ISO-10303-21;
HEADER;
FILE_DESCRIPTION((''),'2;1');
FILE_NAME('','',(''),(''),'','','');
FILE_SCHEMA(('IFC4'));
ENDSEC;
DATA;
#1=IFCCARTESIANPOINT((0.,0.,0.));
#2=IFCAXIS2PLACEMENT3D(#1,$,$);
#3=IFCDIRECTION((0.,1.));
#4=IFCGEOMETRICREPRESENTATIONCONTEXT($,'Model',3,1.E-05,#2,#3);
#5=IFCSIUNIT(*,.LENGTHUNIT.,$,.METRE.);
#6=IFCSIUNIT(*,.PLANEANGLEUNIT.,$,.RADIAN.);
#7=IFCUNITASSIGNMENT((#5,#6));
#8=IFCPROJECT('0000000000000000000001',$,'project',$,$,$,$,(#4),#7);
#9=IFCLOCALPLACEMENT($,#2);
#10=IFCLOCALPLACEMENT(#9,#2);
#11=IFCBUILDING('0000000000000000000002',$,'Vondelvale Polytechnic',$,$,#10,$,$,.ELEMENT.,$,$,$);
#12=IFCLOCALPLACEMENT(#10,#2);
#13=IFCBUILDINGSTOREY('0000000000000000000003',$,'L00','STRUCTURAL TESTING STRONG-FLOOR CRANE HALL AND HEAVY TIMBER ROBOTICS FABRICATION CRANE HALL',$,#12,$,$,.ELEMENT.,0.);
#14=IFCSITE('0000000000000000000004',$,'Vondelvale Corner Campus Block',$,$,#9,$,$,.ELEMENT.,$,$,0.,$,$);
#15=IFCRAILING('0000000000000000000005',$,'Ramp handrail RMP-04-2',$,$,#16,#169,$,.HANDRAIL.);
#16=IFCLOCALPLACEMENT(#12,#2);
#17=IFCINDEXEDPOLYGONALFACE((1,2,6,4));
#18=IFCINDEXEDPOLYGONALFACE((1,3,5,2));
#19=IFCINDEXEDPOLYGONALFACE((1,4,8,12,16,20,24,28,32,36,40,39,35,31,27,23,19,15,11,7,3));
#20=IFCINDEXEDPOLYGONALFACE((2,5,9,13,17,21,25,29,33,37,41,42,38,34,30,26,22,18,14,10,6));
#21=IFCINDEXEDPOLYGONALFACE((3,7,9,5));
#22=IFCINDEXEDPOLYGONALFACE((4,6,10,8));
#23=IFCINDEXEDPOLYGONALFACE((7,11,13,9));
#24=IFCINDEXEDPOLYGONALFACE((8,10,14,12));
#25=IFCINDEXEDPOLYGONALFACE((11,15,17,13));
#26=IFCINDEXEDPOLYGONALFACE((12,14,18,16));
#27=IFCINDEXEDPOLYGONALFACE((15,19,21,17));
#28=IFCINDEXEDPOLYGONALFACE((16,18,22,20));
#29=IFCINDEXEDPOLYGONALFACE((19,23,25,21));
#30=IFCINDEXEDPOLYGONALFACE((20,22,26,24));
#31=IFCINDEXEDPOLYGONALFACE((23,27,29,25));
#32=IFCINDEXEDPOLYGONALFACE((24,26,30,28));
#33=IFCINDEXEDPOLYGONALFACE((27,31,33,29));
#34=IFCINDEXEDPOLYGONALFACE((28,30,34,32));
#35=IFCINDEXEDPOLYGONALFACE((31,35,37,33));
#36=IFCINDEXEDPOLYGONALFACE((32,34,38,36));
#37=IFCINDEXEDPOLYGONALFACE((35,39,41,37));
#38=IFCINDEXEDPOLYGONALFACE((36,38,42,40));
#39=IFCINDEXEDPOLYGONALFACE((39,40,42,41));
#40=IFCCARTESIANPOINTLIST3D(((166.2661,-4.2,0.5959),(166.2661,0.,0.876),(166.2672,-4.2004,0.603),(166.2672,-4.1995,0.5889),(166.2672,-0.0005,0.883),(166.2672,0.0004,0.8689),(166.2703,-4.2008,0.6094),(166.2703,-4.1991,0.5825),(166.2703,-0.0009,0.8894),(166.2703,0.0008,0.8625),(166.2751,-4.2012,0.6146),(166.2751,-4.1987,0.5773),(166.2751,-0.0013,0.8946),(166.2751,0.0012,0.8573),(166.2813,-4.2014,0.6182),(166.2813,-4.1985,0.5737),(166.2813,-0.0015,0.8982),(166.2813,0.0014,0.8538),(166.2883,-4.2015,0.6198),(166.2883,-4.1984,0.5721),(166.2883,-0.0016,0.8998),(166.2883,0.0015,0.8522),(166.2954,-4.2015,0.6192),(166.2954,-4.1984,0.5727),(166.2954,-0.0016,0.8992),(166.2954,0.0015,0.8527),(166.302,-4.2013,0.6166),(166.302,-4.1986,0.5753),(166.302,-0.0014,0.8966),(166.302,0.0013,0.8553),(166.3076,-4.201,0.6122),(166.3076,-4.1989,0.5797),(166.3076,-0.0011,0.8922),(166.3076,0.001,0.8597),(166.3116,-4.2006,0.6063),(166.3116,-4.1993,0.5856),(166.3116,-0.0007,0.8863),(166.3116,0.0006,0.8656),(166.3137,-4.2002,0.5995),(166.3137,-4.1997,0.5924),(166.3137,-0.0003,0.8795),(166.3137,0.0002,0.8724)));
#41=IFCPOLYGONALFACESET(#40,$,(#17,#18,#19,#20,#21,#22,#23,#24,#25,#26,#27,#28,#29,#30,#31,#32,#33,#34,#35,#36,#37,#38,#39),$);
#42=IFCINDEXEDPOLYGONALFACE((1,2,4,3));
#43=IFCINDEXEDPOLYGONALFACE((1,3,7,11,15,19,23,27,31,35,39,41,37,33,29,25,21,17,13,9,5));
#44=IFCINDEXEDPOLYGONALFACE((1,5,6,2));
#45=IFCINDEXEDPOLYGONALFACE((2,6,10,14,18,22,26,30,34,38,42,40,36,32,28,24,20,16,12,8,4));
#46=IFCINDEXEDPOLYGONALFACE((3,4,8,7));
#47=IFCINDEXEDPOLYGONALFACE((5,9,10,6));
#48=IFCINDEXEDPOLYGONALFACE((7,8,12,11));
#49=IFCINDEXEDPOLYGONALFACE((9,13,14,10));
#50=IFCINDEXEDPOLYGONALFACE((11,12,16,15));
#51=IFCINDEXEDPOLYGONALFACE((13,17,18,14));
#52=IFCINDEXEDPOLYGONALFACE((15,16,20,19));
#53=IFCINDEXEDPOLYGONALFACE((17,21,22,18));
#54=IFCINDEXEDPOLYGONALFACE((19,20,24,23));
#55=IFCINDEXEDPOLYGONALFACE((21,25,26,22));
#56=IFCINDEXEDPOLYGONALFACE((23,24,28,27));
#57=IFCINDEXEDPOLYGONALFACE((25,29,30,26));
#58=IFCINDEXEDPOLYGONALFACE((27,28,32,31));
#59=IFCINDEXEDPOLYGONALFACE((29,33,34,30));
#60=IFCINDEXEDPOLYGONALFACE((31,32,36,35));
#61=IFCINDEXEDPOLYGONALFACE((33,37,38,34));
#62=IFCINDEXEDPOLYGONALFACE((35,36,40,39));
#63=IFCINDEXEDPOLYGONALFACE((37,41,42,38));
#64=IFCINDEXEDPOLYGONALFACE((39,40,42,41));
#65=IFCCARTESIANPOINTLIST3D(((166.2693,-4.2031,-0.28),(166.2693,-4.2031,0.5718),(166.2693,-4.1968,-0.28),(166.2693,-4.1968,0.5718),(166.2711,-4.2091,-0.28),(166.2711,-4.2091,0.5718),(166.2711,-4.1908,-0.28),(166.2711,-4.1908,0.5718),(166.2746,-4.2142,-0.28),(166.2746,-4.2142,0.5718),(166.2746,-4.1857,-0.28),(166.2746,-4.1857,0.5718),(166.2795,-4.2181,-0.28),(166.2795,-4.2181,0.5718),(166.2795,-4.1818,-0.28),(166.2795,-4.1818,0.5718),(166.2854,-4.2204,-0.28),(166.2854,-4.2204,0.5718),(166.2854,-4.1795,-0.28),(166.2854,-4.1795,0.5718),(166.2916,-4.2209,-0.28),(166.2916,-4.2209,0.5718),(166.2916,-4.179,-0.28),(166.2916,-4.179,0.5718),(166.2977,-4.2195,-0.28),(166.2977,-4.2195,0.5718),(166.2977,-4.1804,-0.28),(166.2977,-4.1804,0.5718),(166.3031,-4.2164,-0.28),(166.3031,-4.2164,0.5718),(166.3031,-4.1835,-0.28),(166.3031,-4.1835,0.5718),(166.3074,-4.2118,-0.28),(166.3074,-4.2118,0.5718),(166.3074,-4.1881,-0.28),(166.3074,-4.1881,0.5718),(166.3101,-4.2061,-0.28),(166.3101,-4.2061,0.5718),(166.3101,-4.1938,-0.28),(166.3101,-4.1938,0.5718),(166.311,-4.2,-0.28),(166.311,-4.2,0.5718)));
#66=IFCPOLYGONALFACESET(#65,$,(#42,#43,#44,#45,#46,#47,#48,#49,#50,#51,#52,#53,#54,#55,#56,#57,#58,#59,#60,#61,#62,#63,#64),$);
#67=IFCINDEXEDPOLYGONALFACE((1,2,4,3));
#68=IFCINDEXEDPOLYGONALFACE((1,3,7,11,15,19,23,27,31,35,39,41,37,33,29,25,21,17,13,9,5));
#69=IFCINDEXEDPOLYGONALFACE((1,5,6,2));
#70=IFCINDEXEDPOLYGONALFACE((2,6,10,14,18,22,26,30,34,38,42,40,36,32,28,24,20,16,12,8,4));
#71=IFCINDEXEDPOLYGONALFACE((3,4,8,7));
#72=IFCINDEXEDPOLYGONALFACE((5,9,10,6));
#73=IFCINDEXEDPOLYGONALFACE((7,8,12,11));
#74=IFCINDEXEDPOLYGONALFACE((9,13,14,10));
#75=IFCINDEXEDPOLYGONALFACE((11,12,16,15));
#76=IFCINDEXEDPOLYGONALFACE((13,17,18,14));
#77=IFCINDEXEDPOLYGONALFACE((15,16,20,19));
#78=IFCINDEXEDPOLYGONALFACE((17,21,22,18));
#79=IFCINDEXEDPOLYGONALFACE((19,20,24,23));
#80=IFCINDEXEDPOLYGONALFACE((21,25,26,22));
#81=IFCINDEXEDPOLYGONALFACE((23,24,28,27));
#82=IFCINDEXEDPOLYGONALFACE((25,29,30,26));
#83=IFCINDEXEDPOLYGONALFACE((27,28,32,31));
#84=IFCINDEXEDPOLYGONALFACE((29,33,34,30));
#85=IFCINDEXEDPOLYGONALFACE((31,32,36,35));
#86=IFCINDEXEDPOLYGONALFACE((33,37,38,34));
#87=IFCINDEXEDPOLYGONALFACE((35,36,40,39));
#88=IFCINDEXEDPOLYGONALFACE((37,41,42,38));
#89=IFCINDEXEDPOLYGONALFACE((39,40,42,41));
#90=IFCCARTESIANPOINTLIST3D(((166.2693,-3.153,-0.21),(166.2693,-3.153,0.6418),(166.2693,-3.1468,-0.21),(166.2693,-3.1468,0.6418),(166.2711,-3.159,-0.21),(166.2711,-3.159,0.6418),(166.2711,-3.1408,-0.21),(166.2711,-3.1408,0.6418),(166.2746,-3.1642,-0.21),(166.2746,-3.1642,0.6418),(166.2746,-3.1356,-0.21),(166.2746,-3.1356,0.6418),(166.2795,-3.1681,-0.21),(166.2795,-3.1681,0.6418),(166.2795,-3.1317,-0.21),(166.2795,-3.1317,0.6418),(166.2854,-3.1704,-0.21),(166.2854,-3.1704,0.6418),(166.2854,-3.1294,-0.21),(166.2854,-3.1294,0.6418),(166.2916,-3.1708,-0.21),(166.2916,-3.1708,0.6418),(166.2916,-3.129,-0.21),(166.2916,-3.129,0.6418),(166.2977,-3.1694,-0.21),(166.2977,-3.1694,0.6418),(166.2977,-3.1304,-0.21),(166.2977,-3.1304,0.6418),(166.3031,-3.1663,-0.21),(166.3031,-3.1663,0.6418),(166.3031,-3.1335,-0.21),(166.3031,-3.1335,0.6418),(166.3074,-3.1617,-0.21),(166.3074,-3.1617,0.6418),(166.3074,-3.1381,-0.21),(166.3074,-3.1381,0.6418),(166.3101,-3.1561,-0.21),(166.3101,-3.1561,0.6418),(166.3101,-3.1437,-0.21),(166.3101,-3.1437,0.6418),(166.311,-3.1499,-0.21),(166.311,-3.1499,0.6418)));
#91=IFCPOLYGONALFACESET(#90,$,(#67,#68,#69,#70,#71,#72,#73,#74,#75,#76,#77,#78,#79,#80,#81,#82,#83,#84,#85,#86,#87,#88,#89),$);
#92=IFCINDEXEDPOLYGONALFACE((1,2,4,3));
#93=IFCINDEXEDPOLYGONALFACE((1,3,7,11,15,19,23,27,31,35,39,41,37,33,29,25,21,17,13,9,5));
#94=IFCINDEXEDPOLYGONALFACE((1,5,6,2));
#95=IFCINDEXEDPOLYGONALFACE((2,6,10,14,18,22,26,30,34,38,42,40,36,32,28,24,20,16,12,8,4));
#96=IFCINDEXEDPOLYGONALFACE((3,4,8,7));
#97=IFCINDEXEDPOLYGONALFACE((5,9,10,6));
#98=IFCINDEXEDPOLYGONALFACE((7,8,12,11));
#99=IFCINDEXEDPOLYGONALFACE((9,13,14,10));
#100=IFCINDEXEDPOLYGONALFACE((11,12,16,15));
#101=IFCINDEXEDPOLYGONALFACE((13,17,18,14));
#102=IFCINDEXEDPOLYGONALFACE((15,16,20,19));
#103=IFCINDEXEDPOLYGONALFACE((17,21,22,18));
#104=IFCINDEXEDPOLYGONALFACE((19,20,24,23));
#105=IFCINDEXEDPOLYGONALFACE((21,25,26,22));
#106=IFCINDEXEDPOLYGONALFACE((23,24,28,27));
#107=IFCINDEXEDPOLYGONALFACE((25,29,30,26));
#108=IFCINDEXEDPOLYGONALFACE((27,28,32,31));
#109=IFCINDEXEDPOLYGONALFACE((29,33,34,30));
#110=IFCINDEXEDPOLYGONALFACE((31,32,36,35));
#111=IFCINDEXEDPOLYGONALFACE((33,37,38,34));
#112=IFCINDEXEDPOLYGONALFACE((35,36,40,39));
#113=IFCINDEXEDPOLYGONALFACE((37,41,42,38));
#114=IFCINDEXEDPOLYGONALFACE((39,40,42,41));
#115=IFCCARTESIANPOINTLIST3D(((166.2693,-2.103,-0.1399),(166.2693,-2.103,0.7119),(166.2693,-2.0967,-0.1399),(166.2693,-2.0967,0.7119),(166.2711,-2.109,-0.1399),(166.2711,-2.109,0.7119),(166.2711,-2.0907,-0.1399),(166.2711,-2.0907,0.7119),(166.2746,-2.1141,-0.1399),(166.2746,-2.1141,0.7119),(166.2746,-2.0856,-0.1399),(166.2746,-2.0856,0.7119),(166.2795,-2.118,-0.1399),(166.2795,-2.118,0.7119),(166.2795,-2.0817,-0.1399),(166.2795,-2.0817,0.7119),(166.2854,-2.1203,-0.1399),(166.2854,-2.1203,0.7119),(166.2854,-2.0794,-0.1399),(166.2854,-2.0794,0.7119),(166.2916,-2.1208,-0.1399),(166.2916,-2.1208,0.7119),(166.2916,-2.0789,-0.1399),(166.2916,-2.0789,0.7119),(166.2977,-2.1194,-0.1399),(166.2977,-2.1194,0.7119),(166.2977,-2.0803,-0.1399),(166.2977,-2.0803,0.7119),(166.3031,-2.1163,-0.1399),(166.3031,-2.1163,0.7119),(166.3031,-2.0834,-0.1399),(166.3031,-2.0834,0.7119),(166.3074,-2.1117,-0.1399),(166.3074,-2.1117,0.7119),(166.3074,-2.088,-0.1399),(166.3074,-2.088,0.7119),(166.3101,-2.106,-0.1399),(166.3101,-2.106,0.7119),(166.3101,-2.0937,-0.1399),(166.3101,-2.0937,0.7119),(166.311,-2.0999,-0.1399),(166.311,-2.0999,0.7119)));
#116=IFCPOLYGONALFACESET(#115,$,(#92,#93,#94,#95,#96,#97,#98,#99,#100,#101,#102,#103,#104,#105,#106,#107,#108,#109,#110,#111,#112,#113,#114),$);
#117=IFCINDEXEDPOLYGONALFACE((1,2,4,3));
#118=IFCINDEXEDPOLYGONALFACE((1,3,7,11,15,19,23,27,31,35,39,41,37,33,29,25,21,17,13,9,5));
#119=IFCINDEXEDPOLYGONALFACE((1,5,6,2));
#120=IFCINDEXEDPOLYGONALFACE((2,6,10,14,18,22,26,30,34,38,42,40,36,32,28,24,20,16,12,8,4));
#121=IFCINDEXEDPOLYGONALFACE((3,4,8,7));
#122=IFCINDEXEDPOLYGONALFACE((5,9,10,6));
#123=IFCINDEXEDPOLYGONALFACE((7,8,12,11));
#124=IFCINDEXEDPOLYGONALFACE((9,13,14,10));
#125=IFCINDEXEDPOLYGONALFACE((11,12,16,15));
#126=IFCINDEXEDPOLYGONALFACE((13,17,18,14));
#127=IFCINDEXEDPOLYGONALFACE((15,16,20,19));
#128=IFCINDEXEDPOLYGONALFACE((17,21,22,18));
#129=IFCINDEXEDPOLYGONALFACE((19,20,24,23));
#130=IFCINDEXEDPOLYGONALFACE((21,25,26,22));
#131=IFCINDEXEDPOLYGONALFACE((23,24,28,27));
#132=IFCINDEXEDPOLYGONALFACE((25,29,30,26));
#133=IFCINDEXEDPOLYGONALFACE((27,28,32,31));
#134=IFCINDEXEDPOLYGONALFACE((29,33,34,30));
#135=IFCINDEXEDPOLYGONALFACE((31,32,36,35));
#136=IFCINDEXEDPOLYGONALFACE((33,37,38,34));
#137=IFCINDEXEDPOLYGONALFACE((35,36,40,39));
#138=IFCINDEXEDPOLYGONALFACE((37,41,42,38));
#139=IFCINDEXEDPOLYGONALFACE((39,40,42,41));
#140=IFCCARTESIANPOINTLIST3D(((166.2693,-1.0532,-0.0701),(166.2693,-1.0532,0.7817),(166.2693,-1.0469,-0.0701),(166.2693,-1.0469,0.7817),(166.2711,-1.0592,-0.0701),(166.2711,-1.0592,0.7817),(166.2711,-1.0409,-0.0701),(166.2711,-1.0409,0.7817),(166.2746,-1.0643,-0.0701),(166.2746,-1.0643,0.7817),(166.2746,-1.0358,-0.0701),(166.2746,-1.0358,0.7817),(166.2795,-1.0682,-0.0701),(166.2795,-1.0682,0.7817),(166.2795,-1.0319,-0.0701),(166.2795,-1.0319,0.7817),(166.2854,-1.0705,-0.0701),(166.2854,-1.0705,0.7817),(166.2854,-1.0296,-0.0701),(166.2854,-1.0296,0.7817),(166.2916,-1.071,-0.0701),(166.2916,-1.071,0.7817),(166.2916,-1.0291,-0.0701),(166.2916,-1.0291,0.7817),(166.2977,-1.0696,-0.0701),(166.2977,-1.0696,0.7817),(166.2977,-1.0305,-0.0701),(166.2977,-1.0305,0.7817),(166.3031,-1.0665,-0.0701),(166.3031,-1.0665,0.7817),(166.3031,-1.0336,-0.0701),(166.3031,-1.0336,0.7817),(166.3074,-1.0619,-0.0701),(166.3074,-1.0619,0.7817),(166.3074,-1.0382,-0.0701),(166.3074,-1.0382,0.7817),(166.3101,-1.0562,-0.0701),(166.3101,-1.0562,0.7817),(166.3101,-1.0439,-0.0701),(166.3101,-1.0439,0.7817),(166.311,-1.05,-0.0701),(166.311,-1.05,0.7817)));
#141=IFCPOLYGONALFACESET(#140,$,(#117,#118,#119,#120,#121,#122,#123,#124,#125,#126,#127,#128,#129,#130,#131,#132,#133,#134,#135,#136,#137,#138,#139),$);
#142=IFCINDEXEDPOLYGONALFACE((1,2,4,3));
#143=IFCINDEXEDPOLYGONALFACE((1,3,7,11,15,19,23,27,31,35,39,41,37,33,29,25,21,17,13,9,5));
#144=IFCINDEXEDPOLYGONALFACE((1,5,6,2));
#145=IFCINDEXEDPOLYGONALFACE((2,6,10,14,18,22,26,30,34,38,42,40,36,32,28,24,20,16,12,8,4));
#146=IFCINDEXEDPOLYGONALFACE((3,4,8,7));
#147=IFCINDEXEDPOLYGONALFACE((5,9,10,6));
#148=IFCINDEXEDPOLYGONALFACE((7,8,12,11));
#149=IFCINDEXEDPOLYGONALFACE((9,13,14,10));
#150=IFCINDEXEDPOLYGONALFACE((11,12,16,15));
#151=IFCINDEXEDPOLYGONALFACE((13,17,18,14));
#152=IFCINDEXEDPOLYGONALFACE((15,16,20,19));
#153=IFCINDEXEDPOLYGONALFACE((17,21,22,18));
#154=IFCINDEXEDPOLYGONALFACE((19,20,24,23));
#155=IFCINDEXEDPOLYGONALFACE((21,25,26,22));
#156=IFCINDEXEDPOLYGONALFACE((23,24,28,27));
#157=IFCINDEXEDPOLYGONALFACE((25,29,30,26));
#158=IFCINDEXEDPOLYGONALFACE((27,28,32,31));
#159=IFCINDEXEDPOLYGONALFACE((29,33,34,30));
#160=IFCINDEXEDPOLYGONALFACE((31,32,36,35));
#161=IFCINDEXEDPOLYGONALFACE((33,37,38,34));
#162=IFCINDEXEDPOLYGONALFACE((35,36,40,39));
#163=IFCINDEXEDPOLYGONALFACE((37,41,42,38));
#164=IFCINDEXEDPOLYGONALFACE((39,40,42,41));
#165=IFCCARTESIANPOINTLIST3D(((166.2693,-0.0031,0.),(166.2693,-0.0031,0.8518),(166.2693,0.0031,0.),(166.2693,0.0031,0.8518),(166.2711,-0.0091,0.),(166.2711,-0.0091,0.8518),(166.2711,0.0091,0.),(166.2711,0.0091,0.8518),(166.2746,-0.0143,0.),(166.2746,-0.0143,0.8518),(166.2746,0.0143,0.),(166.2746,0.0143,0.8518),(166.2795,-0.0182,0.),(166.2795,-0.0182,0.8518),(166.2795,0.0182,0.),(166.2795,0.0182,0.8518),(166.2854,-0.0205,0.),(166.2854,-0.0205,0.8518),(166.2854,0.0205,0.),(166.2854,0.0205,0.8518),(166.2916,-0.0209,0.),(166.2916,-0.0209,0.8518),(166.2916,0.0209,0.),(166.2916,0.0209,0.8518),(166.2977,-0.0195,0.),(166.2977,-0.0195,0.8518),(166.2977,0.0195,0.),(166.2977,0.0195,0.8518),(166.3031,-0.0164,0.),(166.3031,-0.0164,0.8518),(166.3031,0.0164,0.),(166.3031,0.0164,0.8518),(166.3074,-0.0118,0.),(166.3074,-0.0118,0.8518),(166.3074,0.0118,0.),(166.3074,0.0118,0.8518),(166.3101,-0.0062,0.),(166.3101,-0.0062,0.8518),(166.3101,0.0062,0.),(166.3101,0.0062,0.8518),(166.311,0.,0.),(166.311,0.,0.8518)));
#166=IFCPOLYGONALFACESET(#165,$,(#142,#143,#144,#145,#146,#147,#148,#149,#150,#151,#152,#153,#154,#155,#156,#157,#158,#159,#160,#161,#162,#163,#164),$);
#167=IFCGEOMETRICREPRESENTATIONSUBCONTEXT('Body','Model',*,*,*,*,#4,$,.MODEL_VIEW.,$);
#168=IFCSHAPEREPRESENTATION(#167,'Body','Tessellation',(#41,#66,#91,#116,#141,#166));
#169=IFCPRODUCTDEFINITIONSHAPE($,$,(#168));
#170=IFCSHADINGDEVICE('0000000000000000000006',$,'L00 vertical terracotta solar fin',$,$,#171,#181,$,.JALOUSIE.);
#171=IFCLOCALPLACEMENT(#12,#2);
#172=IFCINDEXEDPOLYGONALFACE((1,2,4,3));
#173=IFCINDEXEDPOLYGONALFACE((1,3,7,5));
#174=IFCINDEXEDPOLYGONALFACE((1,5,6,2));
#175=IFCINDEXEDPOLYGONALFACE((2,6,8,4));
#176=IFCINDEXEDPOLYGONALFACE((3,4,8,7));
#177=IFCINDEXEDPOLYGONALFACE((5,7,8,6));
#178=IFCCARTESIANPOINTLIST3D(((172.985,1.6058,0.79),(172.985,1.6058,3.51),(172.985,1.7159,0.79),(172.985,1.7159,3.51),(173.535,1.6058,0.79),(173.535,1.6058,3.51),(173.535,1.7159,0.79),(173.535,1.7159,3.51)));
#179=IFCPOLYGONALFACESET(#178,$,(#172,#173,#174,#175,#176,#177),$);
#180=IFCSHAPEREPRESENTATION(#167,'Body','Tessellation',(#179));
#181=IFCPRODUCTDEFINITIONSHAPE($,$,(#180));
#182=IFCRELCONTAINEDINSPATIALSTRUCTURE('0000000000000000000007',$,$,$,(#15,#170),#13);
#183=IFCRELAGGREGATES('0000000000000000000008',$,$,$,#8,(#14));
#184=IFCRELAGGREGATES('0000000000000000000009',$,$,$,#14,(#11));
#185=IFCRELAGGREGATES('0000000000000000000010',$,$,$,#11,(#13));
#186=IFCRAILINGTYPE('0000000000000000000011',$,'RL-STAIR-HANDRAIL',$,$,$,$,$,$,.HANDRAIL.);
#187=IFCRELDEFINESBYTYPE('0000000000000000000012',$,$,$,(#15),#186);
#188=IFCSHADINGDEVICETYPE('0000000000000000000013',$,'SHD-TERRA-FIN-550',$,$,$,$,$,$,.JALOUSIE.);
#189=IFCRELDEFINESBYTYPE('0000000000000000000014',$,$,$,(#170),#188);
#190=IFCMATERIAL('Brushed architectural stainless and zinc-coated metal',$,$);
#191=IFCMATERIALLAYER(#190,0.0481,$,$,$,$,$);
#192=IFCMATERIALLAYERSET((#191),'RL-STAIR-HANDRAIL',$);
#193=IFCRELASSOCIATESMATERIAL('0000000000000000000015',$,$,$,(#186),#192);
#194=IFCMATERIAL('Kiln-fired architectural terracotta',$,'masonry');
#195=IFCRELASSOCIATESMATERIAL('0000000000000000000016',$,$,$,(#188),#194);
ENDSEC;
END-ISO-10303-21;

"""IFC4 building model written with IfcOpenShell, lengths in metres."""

from ifc_helpers import new_model, si_unit, direction, frame, origin, origin_2d, place, context, subcontext, project, spatial, rectangle, circle, extrude, material, layer, layer_set, type_object, element, save


model = new_model("IFC4")

# Units and contexts
model_context = context("Model", 3, precision=1e-05, world=origin(), true_north=direction((0.0, 1.0)))
body_context = subcontext(model_context, "Body", "Model", "MODEL_VIEW")
ifc_project = project(units=[si_unit("LENGTHUNIT", "METRE"), si_unit("PLANEANGLEUNIT", "RADIAN")], contexts=[model_context])

# Site, building, storey
site_placement = place(None, origin())
site = spatial("IfcSite", under=ifc_project, at=site_placement, Name="Vondelvale Corner Campus Block", CompositionType="ELEMENT", RefElevation=0.0)
building_placement = place(site_placement, origin())
building = spatial("IfcBuilding", under=site, at=building_placement, Name="Vondelvale Polytechnic", CompositionType="ELEMENT")
storey_placement = place(building_placement, origin())
storey = spatial("IfcBuildingStorey", under=building, at=storey_placement, Name="L00", Description="STRUCTURAL TESTING STRONG-FLOOR CRANE HALL AND HEAVY TIMBER ROBOTICS FABRICATION CRANE HALL", CompositionType="ELEMENT", Elevation=0.0)

# Railing
ifc_material_1 = material(Name="Brushed architectural stainless and zinc-coated metal")
ifc_layer_1 = layer(ifc_material_1, 0.0481)
ifc_layer_set_1 = layer_set([ifc_layer_1], Name="RL-STAIR-HANDRAIL")
railing_type = type_object("IfcRailingType", Name="RL-STAIR-HANDRAIL", PredefinedType="HANDRAIL", material=ifc_layer_set_1)
railing_placement = place(storey_placement, frame((166.29, -4.2, -0.28)))
element("IfcRailing", 1, at=railing_placement, inside=storey, type_object=railing_type, Name="Ramp handrail RMP-04-2", PredefinedType="HANDRAIL", context=body_context, shape_type="SweptSolid", body=[
    extrude(circle(Radius=0.0239, at=origin_2d()), frame((0.0, 0.0, 0.876), z_axis=(0.0, 0.997785, 0.066527), x_axis=(-1.0, 0.0, 0.0)), (0.0, 0.0, 1.0), 4.2092),
    extrude(circle(Radius=0.021, at=origin_2d()), origin(), (0.0, 0.0, 1.0), 0.8518),
    extrude(circle(Radius=0.021, at=origin_2d()), frame((0.0, 1.05, 0.0701)), (0.0, 0.0, 1.0), 0.8518),
    extrude(circle(Radius=0.021, at=origin_2d()), frame((0.0, 2.1001, 0.1401)), (0.0, 0.0, 1.0), 0.8518),
    extrude(circle(Radius=0.021, at=origin_2d()), frame((0.0, 3.1499, 0.21)), (0.0, 0.0, 1.0), 0.8518),
    extrude(circle(Radius=0.021, at=origin_2d()), frame((0.0, 4.2, 0.28)), (0.0, 0.0, 1.0), 0.8518),
])

# Shading device
ifc_material_2 = material(Name="Kiln-fired architectural terracotta", Category="masonry")
shading_device_type = type_object("IfcShadingDeviceType", Name="SHD-TERRA-FIN-550", PredefinedType="JALOUSIE", material=ifc_material_2)
shading_device_placement = place(storey_placement, frame((173.26, 1.6609, 0.79), z_axis=(0.0, 0.0, 1.0), x_axis=(0.0, -1.0, 0.0)))
element("IfcShadingDevice", 2, at=shading_device_placement, inside=storey, type_object=shading_device_type, Name="L00 vertical terracotta solar fin", PredefinedType="JALOUSIE", context=body_context, shape_type="SweptSolid", body=[
    extrude(rectangle(XDim=0.1101, YDim=0.55, at=origin_2d()), origin(), (0.0, 0.0, 1.0), 2.72),
])

save(model, "model.ifc")
